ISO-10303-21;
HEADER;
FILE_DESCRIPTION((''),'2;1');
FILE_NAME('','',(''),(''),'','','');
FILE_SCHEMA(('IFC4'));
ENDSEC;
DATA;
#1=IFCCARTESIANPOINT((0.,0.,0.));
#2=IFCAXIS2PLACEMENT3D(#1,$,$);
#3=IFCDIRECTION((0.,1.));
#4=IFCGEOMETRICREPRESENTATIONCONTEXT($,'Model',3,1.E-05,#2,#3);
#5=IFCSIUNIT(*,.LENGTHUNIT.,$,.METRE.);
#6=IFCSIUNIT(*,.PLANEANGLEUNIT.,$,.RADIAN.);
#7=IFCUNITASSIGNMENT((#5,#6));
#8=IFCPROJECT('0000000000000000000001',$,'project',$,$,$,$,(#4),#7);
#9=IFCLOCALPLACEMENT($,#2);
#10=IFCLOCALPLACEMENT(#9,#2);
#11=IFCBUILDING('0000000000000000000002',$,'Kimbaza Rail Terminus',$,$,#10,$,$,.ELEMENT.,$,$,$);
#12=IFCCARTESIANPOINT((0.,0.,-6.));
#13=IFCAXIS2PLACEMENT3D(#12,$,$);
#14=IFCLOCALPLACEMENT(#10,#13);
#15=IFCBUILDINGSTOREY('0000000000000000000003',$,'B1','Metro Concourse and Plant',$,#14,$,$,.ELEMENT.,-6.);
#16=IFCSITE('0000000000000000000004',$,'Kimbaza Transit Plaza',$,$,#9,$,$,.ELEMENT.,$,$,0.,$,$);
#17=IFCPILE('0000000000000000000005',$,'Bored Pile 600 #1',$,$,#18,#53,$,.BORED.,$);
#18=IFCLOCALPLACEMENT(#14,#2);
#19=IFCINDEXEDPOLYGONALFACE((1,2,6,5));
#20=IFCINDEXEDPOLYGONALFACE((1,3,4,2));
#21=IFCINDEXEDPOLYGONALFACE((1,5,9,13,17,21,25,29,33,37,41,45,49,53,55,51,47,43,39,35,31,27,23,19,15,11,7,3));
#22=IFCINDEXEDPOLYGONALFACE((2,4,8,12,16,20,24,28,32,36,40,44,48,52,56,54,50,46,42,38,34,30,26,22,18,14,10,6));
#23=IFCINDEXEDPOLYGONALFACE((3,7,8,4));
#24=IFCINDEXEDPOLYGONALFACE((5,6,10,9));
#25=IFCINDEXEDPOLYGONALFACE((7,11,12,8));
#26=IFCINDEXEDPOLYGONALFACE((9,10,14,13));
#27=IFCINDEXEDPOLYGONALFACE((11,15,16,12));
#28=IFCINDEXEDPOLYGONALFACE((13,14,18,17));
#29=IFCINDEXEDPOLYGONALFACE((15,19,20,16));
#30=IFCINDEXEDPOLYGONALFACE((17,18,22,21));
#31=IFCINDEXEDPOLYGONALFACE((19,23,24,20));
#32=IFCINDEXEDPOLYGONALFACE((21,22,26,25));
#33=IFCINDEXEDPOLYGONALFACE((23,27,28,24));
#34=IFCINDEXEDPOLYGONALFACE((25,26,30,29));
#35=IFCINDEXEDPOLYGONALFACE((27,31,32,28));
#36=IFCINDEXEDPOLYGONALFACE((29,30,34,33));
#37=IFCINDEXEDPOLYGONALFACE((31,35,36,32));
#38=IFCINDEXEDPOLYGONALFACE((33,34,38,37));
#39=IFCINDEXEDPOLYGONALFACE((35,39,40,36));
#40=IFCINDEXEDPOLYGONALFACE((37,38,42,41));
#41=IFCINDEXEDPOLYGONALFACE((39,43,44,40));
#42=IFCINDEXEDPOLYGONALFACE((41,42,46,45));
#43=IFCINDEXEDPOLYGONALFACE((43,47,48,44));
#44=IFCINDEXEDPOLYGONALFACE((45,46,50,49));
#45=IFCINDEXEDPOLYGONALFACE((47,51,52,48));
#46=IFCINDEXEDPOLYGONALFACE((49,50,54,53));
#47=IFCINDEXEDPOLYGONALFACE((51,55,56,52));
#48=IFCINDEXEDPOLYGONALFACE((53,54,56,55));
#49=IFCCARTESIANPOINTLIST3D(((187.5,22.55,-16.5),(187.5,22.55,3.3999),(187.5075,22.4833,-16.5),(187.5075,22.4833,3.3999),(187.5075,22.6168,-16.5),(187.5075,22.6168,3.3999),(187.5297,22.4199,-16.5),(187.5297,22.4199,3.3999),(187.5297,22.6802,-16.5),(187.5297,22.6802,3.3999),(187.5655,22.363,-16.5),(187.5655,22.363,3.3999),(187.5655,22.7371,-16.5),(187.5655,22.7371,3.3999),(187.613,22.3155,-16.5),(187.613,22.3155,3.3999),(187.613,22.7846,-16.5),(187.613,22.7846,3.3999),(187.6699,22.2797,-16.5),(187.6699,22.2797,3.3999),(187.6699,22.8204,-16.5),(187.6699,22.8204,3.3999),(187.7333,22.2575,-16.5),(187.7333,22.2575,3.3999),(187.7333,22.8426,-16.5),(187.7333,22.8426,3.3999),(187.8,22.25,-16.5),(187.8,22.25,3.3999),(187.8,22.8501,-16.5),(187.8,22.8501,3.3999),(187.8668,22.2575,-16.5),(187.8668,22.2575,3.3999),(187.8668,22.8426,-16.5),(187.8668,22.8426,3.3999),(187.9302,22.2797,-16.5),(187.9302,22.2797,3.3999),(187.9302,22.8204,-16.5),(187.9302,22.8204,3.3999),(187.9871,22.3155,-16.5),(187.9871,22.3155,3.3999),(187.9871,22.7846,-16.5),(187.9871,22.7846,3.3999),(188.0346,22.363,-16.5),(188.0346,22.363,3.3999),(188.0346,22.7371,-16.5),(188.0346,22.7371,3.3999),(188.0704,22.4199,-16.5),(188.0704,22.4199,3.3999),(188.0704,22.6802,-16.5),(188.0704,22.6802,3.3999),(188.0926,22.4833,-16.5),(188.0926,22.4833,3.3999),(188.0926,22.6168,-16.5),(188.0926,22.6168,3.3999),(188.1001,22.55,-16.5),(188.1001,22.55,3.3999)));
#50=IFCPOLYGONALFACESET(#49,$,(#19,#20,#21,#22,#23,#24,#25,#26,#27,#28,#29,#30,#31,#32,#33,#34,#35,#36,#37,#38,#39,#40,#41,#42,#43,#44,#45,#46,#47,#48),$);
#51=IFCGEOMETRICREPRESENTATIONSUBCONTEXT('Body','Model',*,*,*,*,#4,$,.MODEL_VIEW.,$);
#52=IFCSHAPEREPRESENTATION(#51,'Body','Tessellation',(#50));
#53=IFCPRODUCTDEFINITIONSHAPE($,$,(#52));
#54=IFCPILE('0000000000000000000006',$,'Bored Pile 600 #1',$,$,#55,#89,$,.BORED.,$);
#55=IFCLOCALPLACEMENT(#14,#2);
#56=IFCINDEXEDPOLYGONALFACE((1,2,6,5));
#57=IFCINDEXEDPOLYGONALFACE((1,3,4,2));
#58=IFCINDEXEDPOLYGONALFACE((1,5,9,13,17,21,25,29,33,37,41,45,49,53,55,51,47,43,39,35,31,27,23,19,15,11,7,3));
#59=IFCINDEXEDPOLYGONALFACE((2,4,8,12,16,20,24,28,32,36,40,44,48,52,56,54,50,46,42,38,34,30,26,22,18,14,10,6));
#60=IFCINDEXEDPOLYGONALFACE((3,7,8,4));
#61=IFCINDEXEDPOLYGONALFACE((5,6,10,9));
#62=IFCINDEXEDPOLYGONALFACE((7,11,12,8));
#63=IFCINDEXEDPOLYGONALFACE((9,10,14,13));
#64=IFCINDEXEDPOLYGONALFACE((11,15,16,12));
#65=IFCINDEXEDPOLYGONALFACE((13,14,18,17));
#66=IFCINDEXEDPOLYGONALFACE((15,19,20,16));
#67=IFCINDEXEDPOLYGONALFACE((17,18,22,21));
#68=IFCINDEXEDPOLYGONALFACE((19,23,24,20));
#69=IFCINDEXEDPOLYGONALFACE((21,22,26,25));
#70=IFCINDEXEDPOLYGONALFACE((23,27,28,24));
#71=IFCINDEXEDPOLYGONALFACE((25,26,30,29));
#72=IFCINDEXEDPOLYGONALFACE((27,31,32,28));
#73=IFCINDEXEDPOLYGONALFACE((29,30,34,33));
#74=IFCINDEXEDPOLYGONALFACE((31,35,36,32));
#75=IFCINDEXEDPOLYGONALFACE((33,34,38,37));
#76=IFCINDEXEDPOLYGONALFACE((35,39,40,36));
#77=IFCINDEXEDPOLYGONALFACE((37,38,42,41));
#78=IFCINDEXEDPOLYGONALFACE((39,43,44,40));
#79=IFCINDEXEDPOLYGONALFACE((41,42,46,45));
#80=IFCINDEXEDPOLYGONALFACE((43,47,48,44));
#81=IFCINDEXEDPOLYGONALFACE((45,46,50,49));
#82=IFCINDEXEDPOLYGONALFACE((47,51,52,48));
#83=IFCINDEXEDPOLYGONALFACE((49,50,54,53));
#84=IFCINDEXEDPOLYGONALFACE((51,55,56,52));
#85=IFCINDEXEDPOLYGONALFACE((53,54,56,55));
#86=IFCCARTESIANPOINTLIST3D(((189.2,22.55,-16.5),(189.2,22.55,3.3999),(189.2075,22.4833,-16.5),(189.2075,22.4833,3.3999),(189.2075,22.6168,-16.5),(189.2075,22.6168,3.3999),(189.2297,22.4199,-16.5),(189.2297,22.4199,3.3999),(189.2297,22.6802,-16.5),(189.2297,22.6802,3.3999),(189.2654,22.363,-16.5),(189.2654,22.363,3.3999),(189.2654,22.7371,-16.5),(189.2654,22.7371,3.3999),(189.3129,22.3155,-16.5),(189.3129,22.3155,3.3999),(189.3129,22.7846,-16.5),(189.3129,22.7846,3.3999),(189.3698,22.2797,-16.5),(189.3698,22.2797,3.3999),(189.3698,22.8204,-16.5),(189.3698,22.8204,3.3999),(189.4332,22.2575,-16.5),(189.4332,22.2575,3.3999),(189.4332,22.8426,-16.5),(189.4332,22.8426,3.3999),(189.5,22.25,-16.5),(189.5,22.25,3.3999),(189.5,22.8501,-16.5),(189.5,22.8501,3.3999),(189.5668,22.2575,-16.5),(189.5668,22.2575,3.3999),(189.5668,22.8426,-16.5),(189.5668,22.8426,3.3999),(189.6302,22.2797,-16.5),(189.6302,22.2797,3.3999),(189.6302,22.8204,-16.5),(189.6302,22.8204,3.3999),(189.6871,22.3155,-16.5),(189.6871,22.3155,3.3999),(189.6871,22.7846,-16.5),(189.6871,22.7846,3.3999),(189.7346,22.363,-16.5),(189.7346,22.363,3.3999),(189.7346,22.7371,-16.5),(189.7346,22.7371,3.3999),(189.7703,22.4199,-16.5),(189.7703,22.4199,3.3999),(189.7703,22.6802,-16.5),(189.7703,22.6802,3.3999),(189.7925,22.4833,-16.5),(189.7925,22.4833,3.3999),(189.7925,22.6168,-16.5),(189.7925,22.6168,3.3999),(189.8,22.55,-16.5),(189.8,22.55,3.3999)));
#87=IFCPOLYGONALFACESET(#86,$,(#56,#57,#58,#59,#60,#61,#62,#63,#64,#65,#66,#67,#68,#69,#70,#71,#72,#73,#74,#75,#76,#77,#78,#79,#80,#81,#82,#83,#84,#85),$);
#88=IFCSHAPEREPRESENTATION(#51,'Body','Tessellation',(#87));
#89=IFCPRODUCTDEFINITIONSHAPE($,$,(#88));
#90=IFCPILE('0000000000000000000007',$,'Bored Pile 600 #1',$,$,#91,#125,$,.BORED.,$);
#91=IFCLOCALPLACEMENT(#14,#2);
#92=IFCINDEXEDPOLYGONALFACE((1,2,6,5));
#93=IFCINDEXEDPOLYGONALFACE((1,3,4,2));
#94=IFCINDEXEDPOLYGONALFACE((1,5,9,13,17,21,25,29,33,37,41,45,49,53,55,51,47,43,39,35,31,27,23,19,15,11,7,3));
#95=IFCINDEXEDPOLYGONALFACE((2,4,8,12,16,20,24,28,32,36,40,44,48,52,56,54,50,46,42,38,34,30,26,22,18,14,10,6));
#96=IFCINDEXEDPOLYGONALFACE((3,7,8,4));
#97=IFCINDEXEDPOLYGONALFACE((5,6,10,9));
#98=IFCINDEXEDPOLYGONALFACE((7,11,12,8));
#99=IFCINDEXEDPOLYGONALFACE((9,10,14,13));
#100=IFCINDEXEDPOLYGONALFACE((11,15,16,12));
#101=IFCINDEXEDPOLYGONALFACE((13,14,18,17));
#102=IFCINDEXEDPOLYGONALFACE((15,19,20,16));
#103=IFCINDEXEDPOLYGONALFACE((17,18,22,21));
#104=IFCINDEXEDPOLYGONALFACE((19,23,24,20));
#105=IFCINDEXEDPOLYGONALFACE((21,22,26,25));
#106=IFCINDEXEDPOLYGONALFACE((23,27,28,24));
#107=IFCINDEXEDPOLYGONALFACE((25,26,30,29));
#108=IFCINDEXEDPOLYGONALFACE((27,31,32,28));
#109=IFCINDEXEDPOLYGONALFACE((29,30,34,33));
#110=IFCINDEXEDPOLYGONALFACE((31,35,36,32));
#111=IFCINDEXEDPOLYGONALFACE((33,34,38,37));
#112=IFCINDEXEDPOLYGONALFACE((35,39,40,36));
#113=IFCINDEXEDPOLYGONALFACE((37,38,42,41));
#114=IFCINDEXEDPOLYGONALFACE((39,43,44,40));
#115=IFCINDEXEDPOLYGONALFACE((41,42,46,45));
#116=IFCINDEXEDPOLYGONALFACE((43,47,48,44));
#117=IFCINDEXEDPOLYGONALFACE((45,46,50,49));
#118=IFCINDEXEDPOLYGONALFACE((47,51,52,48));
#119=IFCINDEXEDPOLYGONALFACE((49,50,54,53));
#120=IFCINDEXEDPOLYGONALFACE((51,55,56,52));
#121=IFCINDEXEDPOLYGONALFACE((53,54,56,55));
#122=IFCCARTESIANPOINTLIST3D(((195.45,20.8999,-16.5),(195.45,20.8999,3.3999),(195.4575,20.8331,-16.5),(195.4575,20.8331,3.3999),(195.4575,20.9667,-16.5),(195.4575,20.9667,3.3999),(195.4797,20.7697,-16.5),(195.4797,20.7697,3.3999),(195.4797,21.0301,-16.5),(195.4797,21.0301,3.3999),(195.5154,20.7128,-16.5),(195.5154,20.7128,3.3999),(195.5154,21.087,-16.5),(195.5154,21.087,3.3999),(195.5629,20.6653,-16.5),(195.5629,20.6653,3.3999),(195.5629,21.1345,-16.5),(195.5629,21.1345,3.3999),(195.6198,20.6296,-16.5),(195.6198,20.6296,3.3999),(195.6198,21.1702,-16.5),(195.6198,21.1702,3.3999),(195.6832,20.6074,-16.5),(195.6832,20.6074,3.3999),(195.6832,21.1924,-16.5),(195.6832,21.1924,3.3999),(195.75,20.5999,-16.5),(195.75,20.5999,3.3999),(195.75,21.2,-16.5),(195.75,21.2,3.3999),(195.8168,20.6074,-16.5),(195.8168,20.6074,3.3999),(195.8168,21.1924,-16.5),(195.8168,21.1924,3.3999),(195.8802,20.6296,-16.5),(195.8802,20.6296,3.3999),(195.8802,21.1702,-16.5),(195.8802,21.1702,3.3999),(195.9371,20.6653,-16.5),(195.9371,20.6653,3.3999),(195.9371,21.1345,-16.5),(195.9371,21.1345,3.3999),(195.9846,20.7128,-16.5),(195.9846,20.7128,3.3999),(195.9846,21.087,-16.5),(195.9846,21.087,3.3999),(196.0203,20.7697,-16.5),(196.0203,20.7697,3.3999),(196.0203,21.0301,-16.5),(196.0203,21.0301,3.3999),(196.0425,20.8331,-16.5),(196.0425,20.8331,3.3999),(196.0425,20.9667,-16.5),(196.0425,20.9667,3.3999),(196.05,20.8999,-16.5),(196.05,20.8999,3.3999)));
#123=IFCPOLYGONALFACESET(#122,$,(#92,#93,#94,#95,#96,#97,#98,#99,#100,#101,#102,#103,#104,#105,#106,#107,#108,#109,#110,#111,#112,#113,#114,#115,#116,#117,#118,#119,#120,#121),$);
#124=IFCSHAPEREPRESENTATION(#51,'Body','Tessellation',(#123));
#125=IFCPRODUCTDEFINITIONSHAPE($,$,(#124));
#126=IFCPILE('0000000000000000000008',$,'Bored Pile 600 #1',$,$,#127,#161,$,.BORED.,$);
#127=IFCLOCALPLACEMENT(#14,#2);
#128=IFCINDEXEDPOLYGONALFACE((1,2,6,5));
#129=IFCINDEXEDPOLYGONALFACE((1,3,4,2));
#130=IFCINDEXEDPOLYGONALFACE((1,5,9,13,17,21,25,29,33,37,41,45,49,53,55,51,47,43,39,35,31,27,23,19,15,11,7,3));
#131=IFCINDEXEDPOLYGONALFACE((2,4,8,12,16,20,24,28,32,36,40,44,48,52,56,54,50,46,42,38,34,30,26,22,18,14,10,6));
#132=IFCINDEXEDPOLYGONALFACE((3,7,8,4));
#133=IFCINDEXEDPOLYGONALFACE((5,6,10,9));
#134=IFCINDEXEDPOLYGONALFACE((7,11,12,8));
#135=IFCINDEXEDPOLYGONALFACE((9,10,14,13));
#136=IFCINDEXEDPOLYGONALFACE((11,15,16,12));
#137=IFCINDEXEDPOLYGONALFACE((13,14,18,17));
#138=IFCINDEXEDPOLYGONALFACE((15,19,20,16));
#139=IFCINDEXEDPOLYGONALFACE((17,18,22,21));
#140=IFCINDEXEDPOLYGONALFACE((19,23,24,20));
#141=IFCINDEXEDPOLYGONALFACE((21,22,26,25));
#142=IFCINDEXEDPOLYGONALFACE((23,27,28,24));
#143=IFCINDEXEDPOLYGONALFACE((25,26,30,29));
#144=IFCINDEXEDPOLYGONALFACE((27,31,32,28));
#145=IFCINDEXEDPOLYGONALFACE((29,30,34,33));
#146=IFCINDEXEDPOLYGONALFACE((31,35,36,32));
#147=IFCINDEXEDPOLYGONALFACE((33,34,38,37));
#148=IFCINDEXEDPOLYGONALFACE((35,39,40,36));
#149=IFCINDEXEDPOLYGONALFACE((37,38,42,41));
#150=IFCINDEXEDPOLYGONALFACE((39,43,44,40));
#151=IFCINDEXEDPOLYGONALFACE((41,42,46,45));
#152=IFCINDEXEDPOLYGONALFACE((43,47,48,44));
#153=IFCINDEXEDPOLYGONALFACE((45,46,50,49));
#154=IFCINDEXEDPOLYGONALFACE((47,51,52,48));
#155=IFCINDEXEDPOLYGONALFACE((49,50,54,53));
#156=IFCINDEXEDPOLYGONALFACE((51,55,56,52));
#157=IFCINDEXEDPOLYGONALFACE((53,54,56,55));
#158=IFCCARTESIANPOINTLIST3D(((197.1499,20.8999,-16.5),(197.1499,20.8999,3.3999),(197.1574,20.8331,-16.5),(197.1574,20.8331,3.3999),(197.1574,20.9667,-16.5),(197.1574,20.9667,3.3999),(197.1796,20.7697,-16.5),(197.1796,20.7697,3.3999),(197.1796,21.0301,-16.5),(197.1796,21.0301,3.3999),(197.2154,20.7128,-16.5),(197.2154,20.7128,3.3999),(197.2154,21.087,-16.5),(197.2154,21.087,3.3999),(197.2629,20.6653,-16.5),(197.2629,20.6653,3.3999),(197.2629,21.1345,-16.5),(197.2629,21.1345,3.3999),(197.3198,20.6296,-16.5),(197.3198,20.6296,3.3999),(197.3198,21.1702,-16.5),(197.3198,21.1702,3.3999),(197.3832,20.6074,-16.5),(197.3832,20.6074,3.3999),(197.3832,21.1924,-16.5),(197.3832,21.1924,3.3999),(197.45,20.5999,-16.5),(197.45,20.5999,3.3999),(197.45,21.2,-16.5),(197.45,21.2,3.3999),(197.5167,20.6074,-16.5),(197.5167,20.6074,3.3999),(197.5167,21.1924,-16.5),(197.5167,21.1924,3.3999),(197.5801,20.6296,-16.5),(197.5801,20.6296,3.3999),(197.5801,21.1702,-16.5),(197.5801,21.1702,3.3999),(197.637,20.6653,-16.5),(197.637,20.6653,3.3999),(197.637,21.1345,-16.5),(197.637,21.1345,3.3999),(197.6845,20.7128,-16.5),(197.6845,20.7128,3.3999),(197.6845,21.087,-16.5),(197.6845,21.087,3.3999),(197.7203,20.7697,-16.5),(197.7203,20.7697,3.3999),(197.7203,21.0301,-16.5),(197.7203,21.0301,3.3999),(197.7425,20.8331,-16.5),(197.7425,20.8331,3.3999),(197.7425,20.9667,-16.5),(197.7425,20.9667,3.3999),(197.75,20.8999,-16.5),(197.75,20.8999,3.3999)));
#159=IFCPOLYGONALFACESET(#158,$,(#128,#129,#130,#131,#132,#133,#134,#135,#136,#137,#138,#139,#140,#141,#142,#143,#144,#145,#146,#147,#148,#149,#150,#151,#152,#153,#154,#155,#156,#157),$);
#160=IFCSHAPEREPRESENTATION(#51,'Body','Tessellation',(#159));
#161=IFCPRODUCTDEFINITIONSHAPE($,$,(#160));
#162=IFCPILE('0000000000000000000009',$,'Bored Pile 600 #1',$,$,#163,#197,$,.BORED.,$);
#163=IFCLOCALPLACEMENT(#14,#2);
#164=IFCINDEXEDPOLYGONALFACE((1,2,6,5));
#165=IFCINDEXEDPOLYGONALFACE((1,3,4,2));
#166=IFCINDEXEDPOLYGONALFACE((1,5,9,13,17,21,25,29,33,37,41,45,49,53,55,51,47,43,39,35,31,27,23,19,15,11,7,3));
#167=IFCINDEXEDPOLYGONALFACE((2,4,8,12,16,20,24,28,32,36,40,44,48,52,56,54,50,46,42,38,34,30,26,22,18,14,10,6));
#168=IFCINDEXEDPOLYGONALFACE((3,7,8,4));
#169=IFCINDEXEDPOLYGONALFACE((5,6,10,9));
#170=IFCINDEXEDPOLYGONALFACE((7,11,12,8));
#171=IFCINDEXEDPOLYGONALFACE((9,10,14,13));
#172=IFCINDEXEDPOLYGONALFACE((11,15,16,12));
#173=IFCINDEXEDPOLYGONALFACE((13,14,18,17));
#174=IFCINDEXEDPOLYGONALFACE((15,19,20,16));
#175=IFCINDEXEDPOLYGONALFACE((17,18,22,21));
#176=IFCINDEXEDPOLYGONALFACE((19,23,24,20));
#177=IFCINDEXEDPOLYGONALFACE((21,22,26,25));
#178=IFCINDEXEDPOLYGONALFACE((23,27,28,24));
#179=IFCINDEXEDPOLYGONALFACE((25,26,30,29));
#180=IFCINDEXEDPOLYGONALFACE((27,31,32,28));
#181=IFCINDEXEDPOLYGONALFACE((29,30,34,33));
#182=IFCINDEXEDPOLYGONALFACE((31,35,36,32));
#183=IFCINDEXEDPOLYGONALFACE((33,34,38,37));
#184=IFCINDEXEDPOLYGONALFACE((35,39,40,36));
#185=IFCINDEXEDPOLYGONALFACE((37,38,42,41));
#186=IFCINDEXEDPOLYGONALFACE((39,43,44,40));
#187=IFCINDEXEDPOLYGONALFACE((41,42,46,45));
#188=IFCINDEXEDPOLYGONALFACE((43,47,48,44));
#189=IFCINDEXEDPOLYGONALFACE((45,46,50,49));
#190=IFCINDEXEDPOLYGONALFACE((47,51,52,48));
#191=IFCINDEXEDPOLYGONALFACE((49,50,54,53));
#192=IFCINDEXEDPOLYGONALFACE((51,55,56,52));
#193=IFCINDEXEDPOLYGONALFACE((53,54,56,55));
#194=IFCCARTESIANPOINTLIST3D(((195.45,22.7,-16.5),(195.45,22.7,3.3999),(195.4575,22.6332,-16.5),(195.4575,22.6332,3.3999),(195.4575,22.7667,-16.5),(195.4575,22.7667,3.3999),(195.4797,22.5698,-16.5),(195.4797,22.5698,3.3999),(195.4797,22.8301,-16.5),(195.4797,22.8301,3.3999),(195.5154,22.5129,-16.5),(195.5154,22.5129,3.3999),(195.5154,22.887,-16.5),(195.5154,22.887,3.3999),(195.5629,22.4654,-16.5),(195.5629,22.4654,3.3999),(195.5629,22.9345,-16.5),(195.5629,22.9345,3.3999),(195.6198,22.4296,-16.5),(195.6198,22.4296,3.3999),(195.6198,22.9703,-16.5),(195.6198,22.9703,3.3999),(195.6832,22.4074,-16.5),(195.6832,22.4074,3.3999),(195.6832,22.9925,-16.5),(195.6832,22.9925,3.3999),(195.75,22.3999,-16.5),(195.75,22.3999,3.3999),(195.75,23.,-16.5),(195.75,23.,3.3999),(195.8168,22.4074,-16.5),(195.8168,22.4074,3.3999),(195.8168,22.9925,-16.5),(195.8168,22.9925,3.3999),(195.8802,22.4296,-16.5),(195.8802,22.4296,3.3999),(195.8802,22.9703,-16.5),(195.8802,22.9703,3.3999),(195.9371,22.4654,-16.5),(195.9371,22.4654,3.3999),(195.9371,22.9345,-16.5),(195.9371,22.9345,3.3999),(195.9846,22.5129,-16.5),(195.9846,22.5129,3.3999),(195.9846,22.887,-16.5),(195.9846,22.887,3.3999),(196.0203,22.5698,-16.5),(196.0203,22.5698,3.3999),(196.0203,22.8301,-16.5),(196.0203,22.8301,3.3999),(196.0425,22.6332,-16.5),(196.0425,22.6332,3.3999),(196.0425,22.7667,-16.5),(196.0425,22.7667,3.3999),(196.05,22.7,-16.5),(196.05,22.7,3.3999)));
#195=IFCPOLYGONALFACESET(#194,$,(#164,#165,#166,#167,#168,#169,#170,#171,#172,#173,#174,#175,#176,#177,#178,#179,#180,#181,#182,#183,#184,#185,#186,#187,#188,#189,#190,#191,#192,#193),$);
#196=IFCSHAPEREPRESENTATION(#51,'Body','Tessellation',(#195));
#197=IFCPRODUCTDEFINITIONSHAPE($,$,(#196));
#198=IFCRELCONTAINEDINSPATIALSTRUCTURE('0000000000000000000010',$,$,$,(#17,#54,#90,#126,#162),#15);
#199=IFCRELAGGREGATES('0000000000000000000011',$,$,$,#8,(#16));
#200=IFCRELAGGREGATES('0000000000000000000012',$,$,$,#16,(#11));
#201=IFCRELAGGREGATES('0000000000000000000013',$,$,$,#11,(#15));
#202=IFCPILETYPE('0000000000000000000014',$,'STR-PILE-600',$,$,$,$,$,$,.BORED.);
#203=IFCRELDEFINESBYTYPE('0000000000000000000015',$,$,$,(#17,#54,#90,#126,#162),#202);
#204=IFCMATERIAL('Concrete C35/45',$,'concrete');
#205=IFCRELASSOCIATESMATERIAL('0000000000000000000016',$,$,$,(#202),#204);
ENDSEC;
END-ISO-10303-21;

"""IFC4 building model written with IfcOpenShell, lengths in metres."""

from ifc_helpers import new_model, si_unit, direction, frame, origin, origin_2d, place, context, subcontext, project, spatial, circle, extrude, material, material_profile, profile_set, type_object, element, save


model = new_model("IFC4")

# Units and contexts
model_context = context("Model", 3, precision=1e-05, world=origin(), true_north=direction((0.0, 1.0)))
body_context = subcontext(model_context, "Body", "Model", "MODEL_VIEW")
ifc_project = project(units=[si_unit("LENGTHUNIT", "METRE"), si_unit("PLANEANGLEUNIT", "RADIAN")], contexts=[model_context])

# Site, building, storey
site_placement = place(None, origin())
site = spatial("IfcSite", under=ifc_project, at=site_placement, Name="Kimbaza Transit Plaza", CompositionType="ELEMENT", RefElevation=0.0)
building_placement = place(site_placement, origin())
building = spatial("IfcBuilding", under=site, at=building_placement, Name="Kimbaza Rail Terminus", CompositionType="ELEMENT")
storey_placement = place(building_placement, frame((0.0, 0.0, -6.0)))
storey = spatial("IfcBuildingStorey", under=building, at=storey_placement, Name="B1", Description="Metro Concourse and Plant", CompositionType="ELEMENT", Elevation=-6.0)

# Piles
ifc_material_1 = material(Name="Concrete C35/45", Category="concrete")
ifc_material_profile_1 = material_profile(ifc_material_1, circle(Radius=0.3, at=origin_2d()), Name="BORED PILE 600")
ifc_profile_set_1 = profile_set([ifc_material_profile_1], Name="Concrete C35/45")
pile_type_1 = type_object("IfcPileType", Name="STR-PILE-600", PredefinedType="BORED", material=ifc_profile_set_1)
for number, where, z_axis, x_axis, name in (
    (1, (187.8, 22.55, 3.3999), (0.0, 0.0, -1.0), (1.0, 0.0, 0.0), "Bored Pile 600 #1"),
    (2, (189.5, 22.55, 3.3999), (0.0, 0.0, -1.0), (1.0, 0.0, 0.0), "Bored Pile 600 #1"),
    (3, (195.75, 20.8999, 3.3999), (0.0, 0.0, -1.0), (1.0, 0.0, 0.0), "Bored Pile 600 #1"),
    (4, (197.45, 20.8999, 3.3999), (0.0, 0.0, -1.0), (1.0, 0.0, 0.0), "Bored Pile 600 #1"),
    (5, (195.75, 22.7, 3.3999), (0.0, 0.0, -1.0), (1.0, 0.0, 0.0), "Bored Pile 600 #1"),
):
    element("IfcPile", number, at=place(storey_placement, frame(where, z_axis=z_axis, x_axis=x_axis)), inside=storey, type_object=pile_type_1, Name=name, PredefinedType="BORED", context=body_context, shape_type="SweptSolid", body=[
        extrude(circle(Radius=0.3, at=origin_2d()), origin(), (0.0, 0.0, 1.0), 19.8999),
    ])

save(model, "model.ifc")
